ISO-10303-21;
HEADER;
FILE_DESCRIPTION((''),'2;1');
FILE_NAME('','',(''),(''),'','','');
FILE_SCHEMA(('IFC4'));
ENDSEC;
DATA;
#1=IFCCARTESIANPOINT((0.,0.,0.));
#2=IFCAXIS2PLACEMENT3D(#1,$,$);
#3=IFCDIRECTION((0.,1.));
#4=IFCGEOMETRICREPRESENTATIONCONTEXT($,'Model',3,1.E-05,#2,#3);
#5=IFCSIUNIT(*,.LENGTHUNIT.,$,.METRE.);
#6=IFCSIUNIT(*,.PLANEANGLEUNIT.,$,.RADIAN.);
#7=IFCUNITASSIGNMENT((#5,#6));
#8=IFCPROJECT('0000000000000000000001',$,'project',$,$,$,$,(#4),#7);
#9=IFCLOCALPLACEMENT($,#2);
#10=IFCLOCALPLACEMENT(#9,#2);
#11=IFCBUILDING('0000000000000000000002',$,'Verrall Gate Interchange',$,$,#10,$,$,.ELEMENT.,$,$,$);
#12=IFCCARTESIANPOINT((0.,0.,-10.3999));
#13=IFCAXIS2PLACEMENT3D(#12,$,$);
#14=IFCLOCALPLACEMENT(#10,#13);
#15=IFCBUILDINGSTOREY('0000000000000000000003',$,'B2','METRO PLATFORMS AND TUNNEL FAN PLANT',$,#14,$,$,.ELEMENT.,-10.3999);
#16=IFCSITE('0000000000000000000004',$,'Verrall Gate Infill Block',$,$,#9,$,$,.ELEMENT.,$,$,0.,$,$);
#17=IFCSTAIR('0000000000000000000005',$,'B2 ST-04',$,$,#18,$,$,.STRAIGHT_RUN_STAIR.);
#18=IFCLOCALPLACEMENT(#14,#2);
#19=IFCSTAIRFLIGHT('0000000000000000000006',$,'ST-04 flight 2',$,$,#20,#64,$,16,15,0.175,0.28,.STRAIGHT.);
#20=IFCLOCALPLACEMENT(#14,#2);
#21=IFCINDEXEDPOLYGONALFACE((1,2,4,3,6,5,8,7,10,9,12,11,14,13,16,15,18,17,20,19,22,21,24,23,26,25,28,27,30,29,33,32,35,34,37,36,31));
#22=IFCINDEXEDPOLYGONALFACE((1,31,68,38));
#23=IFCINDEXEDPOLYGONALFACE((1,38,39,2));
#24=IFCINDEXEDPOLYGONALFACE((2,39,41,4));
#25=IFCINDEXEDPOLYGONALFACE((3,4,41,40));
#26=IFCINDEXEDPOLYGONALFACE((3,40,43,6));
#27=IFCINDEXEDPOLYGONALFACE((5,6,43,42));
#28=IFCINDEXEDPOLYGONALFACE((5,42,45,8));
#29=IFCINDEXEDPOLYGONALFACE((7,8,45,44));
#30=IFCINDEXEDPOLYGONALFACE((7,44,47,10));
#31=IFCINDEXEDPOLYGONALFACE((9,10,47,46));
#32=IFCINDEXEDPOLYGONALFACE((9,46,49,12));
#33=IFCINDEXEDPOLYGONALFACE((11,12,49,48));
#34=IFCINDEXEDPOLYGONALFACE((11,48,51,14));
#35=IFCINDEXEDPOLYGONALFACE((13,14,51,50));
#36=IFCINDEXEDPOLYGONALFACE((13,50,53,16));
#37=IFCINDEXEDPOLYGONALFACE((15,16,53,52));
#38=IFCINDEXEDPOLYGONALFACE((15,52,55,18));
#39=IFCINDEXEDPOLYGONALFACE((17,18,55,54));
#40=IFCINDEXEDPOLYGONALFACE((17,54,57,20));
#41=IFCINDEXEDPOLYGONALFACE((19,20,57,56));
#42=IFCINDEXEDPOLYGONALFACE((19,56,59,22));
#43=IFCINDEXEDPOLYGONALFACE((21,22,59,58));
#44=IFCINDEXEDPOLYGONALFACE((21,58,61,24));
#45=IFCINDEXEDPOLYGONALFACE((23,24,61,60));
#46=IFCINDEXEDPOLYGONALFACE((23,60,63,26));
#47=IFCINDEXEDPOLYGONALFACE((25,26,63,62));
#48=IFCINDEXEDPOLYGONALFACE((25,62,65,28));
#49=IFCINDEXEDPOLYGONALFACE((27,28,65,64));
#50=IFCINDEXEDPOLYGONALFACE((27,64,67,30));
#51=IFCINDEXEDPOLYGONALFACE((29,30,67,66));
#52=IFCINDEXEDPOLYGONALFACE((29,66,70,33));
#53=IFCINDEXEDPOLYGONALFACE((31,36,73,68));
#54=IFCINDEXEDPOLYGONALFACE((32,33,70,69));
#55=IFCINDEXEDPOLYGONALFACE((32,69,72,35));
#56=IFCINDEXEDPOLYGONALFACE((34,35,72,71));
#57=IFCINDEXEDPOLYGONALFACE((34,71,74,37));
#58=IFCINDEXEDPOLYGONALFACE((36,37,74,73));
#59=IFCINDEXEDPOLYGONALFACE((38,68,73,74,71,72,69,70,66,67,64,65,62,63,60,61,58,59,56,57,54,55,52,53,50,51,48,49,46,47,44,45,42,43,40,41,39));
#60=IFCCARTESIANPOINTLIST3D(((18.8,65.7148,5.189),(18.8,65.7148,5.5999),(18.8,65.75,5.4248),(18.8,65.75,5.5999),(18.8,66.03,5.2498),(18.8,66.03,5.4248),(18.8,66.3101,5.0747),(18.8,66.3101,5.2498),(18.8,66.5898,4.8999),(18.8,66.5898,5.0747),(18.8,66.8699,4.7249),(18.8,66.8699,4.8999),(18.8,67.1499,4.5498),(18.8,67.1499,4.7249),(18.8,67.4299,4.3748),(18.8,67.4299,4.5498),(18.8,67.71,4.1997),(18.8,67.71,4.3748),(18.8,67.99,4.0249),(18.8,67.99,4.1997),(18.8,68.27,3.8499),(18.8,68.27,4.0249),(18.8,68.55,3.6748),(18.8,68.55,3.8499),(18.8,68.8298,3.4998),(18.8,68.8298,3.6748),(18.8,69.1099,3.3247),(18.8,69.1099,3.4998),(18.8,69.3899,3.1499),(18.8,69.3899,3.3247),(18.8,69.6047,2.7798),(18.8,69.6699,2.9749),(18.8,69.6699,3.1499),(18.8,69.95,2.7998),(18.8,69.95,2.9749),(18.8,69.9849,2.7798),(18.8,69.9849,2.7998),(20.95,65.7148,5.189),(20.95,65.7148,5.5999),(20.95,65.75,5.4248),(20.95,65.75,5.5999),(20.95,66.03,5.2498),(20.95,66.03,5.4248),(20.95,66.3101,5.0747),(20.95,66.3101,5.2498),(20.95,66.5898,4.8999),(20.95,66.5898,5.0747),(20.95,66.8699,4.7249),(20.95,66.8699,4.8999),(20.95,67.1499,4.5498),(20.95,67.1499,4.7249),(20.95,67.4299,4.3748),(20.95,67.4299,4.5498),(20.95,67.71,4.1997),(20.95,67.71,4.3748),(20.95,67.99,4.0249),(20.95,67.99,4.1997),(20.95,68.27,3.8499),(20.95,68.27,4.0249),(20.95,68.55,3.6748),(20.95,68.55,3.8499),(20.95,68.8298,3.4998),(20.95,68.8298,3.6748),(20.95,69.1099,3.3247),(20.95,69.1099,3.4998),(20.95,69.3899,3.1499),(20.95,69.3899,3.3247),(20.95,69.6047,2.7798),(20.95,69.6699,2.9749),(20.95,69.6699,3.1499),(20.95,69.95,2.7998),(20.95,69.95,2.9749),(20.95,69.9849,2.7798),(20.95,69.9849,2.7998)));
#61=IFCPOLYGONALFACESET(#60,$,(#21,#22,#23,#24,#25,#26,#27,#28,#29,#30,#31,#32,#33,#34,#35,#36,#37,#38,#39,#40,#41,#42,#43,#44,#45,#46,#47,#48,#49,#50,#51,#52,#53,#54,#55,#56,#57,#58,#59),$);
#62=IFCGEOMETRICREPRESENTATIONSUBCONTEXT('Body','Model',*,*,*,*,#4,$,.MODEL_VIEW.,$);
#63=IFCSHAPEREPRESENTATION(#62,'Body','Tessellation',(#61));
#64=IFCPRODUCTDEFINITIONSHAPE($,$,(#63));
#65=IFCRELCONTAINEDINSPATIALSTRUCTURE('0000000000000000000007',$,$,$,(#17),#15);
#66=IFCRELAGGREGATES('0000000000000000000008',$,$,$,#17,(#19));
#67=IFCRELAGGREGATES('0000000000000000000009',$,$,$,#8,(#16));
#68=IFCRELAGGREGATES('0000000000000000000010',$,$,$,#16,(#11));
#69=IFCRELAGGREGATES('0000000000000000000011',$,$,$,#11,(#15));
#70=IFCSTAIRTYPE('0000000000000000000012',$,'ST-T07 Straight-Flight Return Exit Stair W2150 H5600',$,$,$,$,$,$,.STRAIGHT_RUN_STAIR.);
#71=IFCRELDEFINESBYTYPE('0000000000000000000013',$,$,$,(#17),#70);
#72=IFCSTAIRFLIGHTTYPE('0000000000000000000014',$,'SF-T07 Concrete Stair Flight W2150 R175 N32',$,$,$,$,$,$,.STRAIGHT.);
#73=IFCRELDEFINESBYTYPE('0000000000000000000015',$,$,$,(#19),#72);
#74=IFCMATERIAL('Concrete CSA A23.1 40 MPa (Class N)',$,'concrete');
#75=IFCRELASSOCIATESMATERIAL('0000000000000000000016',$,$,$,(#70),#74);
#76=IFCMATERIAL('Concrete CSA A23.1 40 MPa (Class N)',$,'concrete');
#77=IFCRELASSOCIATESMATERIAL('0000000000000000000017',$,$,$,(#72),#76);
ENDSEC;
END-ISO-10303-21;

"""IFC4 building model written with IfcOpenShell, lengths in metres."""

from ifc_helpers import new_model, si_unit, direction, frame, origin, place, context, subcontext, project, spatial, polyline, outline, extrude, material, type_object, element, aggregate, save


model = new_model("IFC4")

# Units and contexts
model_context = context("Model", 3, precision=1e-05, world=origin(), true_north=direction((0.0, 1.0)))
body_context = subcontext(model_context, "Body", "Model", "MODEL_VIEW")
ifc_project = project(units=[si_unit("LENGTHUNIT", "METRE"), si_unit("PLANEANGLEUNIT", "RADIAN")], contexts=[model_context])

# Site, building, storey
site_placement = place(None, origin())
site = spatial("IfcSite", under=ifc_project, at=site_placement, Name="Verrall Gate Infill Block", CompositionType="ELEMENT", RefElevation=0.0)
building_placement = place(site_placement, origin())
building = spatial("IfcBuilding", under=site, at=building_placement, Name="Verrall Gate Interchange", CompositionType="ELEMENT")
storey_placement = place(building_placement, frame((0.0, 0.0, -10.3999)))
storey = spatial("IfcBuildingStorey", under=building, at=storey_placement, Name="B2", Description="METRO PLATFORMS AND TUNNEL FAN PLANT", CompositionType="ELEMENT", Elevation=-10.3999)

# Stair, stair flight
ifc_material_1 = material(Name="Concrete CSA A23.1 40 MPa (Class N)", Category="concrete")
stair_type = type_object("IfcStairType", Name="ST-T07 Straight-Flight Return Exit Stair W2150 H5600", PredefinedType="STRAIGHT_RUN_STAIR", material=ifc_material_1)
stair_placement = place(storey_placement, origin())
stair = element("IfcStair", 1, at=stair_placement, inside=storey, type_object=stair_type, Name="B2 ST-04", PredefinedType="STRAIGHT_RUN_STAIR")
ifc_material_2 = material(Name="Concrete CSA A23.1 40 MPa (Class N)", Category="concrete")
stair_flight_type = type_object("IfcStairFlightType", Name="SF-T07 Concrete Stair Flight W2150 R175 N32", PredefinedType="STRAIGHT", material=ifc_material_2)
stair_flight_1_placement = place(storey_placement, frame((19.875, 69.95, 2.7998), z_axis=(0.0, 0.0, 1.0), x_axis=(0.0, -1.0, 0.0)))
stair_flight_1 = element("IfcStairFlight", 2, at=stair_flight_1_placement, type_object=stair_flight_type, Name="ST-04 flight 2", NumberOfRisers=16, NumberOfTreads=15, PredefinedType="STRAIGHT", RiserHeight=0.175, TreadLength=0.28, context=body_context, shape_type="SweptSolid", body=[
    extrude(outline(polyline([(-0.0349, -0.02), (-0.0349, 0.0), (0.0, 0.0), (0.0, 0.175), (0.28, 0.175), (0.28, 0.3501), (0.5601, 0.3501), (0.5601, 0.5249), (0.8401, 0.5249), (0.8401, 0.7), (1.1201, 0.7), (1.1201, 0.875), (1.3999, 0.875), (1.3999, 1.05), (1.6799, 1.05), (1.6799, 1.2251), (1.96, 1.2251), (1.96, 1.3999), (2.24, 1.3999), (2.24, 1.575), (2.52, 1.575), (2.52, 1.75), (2.8, 1.75), (2.8, 1.925), (3.0801, 1.925), (3.0801, 2.1001), (3.3601, 2.1001), (3.3601, 2.2749), (3.6399, 2.2749), (3.6399, 2.45), (3.9199, 2.45), (3.9199, 2.625), (4.2, 2.625), (4.2, 2.8), (4.2351, 2.8), (4.2351, 2.3892), (0.3452, -0.02), (-0.0349, -0.02)])), frame((0.0, 1.075, 0.0), z_axis=(0.0, -1.0, 0.0), x_axis=(1.0, 0.0, 0.0)), (0.0, 0.0, 1.0), 2.1499),
])
aggregate(stair, [stair_flight_1])

save(model, "model.ifc")
